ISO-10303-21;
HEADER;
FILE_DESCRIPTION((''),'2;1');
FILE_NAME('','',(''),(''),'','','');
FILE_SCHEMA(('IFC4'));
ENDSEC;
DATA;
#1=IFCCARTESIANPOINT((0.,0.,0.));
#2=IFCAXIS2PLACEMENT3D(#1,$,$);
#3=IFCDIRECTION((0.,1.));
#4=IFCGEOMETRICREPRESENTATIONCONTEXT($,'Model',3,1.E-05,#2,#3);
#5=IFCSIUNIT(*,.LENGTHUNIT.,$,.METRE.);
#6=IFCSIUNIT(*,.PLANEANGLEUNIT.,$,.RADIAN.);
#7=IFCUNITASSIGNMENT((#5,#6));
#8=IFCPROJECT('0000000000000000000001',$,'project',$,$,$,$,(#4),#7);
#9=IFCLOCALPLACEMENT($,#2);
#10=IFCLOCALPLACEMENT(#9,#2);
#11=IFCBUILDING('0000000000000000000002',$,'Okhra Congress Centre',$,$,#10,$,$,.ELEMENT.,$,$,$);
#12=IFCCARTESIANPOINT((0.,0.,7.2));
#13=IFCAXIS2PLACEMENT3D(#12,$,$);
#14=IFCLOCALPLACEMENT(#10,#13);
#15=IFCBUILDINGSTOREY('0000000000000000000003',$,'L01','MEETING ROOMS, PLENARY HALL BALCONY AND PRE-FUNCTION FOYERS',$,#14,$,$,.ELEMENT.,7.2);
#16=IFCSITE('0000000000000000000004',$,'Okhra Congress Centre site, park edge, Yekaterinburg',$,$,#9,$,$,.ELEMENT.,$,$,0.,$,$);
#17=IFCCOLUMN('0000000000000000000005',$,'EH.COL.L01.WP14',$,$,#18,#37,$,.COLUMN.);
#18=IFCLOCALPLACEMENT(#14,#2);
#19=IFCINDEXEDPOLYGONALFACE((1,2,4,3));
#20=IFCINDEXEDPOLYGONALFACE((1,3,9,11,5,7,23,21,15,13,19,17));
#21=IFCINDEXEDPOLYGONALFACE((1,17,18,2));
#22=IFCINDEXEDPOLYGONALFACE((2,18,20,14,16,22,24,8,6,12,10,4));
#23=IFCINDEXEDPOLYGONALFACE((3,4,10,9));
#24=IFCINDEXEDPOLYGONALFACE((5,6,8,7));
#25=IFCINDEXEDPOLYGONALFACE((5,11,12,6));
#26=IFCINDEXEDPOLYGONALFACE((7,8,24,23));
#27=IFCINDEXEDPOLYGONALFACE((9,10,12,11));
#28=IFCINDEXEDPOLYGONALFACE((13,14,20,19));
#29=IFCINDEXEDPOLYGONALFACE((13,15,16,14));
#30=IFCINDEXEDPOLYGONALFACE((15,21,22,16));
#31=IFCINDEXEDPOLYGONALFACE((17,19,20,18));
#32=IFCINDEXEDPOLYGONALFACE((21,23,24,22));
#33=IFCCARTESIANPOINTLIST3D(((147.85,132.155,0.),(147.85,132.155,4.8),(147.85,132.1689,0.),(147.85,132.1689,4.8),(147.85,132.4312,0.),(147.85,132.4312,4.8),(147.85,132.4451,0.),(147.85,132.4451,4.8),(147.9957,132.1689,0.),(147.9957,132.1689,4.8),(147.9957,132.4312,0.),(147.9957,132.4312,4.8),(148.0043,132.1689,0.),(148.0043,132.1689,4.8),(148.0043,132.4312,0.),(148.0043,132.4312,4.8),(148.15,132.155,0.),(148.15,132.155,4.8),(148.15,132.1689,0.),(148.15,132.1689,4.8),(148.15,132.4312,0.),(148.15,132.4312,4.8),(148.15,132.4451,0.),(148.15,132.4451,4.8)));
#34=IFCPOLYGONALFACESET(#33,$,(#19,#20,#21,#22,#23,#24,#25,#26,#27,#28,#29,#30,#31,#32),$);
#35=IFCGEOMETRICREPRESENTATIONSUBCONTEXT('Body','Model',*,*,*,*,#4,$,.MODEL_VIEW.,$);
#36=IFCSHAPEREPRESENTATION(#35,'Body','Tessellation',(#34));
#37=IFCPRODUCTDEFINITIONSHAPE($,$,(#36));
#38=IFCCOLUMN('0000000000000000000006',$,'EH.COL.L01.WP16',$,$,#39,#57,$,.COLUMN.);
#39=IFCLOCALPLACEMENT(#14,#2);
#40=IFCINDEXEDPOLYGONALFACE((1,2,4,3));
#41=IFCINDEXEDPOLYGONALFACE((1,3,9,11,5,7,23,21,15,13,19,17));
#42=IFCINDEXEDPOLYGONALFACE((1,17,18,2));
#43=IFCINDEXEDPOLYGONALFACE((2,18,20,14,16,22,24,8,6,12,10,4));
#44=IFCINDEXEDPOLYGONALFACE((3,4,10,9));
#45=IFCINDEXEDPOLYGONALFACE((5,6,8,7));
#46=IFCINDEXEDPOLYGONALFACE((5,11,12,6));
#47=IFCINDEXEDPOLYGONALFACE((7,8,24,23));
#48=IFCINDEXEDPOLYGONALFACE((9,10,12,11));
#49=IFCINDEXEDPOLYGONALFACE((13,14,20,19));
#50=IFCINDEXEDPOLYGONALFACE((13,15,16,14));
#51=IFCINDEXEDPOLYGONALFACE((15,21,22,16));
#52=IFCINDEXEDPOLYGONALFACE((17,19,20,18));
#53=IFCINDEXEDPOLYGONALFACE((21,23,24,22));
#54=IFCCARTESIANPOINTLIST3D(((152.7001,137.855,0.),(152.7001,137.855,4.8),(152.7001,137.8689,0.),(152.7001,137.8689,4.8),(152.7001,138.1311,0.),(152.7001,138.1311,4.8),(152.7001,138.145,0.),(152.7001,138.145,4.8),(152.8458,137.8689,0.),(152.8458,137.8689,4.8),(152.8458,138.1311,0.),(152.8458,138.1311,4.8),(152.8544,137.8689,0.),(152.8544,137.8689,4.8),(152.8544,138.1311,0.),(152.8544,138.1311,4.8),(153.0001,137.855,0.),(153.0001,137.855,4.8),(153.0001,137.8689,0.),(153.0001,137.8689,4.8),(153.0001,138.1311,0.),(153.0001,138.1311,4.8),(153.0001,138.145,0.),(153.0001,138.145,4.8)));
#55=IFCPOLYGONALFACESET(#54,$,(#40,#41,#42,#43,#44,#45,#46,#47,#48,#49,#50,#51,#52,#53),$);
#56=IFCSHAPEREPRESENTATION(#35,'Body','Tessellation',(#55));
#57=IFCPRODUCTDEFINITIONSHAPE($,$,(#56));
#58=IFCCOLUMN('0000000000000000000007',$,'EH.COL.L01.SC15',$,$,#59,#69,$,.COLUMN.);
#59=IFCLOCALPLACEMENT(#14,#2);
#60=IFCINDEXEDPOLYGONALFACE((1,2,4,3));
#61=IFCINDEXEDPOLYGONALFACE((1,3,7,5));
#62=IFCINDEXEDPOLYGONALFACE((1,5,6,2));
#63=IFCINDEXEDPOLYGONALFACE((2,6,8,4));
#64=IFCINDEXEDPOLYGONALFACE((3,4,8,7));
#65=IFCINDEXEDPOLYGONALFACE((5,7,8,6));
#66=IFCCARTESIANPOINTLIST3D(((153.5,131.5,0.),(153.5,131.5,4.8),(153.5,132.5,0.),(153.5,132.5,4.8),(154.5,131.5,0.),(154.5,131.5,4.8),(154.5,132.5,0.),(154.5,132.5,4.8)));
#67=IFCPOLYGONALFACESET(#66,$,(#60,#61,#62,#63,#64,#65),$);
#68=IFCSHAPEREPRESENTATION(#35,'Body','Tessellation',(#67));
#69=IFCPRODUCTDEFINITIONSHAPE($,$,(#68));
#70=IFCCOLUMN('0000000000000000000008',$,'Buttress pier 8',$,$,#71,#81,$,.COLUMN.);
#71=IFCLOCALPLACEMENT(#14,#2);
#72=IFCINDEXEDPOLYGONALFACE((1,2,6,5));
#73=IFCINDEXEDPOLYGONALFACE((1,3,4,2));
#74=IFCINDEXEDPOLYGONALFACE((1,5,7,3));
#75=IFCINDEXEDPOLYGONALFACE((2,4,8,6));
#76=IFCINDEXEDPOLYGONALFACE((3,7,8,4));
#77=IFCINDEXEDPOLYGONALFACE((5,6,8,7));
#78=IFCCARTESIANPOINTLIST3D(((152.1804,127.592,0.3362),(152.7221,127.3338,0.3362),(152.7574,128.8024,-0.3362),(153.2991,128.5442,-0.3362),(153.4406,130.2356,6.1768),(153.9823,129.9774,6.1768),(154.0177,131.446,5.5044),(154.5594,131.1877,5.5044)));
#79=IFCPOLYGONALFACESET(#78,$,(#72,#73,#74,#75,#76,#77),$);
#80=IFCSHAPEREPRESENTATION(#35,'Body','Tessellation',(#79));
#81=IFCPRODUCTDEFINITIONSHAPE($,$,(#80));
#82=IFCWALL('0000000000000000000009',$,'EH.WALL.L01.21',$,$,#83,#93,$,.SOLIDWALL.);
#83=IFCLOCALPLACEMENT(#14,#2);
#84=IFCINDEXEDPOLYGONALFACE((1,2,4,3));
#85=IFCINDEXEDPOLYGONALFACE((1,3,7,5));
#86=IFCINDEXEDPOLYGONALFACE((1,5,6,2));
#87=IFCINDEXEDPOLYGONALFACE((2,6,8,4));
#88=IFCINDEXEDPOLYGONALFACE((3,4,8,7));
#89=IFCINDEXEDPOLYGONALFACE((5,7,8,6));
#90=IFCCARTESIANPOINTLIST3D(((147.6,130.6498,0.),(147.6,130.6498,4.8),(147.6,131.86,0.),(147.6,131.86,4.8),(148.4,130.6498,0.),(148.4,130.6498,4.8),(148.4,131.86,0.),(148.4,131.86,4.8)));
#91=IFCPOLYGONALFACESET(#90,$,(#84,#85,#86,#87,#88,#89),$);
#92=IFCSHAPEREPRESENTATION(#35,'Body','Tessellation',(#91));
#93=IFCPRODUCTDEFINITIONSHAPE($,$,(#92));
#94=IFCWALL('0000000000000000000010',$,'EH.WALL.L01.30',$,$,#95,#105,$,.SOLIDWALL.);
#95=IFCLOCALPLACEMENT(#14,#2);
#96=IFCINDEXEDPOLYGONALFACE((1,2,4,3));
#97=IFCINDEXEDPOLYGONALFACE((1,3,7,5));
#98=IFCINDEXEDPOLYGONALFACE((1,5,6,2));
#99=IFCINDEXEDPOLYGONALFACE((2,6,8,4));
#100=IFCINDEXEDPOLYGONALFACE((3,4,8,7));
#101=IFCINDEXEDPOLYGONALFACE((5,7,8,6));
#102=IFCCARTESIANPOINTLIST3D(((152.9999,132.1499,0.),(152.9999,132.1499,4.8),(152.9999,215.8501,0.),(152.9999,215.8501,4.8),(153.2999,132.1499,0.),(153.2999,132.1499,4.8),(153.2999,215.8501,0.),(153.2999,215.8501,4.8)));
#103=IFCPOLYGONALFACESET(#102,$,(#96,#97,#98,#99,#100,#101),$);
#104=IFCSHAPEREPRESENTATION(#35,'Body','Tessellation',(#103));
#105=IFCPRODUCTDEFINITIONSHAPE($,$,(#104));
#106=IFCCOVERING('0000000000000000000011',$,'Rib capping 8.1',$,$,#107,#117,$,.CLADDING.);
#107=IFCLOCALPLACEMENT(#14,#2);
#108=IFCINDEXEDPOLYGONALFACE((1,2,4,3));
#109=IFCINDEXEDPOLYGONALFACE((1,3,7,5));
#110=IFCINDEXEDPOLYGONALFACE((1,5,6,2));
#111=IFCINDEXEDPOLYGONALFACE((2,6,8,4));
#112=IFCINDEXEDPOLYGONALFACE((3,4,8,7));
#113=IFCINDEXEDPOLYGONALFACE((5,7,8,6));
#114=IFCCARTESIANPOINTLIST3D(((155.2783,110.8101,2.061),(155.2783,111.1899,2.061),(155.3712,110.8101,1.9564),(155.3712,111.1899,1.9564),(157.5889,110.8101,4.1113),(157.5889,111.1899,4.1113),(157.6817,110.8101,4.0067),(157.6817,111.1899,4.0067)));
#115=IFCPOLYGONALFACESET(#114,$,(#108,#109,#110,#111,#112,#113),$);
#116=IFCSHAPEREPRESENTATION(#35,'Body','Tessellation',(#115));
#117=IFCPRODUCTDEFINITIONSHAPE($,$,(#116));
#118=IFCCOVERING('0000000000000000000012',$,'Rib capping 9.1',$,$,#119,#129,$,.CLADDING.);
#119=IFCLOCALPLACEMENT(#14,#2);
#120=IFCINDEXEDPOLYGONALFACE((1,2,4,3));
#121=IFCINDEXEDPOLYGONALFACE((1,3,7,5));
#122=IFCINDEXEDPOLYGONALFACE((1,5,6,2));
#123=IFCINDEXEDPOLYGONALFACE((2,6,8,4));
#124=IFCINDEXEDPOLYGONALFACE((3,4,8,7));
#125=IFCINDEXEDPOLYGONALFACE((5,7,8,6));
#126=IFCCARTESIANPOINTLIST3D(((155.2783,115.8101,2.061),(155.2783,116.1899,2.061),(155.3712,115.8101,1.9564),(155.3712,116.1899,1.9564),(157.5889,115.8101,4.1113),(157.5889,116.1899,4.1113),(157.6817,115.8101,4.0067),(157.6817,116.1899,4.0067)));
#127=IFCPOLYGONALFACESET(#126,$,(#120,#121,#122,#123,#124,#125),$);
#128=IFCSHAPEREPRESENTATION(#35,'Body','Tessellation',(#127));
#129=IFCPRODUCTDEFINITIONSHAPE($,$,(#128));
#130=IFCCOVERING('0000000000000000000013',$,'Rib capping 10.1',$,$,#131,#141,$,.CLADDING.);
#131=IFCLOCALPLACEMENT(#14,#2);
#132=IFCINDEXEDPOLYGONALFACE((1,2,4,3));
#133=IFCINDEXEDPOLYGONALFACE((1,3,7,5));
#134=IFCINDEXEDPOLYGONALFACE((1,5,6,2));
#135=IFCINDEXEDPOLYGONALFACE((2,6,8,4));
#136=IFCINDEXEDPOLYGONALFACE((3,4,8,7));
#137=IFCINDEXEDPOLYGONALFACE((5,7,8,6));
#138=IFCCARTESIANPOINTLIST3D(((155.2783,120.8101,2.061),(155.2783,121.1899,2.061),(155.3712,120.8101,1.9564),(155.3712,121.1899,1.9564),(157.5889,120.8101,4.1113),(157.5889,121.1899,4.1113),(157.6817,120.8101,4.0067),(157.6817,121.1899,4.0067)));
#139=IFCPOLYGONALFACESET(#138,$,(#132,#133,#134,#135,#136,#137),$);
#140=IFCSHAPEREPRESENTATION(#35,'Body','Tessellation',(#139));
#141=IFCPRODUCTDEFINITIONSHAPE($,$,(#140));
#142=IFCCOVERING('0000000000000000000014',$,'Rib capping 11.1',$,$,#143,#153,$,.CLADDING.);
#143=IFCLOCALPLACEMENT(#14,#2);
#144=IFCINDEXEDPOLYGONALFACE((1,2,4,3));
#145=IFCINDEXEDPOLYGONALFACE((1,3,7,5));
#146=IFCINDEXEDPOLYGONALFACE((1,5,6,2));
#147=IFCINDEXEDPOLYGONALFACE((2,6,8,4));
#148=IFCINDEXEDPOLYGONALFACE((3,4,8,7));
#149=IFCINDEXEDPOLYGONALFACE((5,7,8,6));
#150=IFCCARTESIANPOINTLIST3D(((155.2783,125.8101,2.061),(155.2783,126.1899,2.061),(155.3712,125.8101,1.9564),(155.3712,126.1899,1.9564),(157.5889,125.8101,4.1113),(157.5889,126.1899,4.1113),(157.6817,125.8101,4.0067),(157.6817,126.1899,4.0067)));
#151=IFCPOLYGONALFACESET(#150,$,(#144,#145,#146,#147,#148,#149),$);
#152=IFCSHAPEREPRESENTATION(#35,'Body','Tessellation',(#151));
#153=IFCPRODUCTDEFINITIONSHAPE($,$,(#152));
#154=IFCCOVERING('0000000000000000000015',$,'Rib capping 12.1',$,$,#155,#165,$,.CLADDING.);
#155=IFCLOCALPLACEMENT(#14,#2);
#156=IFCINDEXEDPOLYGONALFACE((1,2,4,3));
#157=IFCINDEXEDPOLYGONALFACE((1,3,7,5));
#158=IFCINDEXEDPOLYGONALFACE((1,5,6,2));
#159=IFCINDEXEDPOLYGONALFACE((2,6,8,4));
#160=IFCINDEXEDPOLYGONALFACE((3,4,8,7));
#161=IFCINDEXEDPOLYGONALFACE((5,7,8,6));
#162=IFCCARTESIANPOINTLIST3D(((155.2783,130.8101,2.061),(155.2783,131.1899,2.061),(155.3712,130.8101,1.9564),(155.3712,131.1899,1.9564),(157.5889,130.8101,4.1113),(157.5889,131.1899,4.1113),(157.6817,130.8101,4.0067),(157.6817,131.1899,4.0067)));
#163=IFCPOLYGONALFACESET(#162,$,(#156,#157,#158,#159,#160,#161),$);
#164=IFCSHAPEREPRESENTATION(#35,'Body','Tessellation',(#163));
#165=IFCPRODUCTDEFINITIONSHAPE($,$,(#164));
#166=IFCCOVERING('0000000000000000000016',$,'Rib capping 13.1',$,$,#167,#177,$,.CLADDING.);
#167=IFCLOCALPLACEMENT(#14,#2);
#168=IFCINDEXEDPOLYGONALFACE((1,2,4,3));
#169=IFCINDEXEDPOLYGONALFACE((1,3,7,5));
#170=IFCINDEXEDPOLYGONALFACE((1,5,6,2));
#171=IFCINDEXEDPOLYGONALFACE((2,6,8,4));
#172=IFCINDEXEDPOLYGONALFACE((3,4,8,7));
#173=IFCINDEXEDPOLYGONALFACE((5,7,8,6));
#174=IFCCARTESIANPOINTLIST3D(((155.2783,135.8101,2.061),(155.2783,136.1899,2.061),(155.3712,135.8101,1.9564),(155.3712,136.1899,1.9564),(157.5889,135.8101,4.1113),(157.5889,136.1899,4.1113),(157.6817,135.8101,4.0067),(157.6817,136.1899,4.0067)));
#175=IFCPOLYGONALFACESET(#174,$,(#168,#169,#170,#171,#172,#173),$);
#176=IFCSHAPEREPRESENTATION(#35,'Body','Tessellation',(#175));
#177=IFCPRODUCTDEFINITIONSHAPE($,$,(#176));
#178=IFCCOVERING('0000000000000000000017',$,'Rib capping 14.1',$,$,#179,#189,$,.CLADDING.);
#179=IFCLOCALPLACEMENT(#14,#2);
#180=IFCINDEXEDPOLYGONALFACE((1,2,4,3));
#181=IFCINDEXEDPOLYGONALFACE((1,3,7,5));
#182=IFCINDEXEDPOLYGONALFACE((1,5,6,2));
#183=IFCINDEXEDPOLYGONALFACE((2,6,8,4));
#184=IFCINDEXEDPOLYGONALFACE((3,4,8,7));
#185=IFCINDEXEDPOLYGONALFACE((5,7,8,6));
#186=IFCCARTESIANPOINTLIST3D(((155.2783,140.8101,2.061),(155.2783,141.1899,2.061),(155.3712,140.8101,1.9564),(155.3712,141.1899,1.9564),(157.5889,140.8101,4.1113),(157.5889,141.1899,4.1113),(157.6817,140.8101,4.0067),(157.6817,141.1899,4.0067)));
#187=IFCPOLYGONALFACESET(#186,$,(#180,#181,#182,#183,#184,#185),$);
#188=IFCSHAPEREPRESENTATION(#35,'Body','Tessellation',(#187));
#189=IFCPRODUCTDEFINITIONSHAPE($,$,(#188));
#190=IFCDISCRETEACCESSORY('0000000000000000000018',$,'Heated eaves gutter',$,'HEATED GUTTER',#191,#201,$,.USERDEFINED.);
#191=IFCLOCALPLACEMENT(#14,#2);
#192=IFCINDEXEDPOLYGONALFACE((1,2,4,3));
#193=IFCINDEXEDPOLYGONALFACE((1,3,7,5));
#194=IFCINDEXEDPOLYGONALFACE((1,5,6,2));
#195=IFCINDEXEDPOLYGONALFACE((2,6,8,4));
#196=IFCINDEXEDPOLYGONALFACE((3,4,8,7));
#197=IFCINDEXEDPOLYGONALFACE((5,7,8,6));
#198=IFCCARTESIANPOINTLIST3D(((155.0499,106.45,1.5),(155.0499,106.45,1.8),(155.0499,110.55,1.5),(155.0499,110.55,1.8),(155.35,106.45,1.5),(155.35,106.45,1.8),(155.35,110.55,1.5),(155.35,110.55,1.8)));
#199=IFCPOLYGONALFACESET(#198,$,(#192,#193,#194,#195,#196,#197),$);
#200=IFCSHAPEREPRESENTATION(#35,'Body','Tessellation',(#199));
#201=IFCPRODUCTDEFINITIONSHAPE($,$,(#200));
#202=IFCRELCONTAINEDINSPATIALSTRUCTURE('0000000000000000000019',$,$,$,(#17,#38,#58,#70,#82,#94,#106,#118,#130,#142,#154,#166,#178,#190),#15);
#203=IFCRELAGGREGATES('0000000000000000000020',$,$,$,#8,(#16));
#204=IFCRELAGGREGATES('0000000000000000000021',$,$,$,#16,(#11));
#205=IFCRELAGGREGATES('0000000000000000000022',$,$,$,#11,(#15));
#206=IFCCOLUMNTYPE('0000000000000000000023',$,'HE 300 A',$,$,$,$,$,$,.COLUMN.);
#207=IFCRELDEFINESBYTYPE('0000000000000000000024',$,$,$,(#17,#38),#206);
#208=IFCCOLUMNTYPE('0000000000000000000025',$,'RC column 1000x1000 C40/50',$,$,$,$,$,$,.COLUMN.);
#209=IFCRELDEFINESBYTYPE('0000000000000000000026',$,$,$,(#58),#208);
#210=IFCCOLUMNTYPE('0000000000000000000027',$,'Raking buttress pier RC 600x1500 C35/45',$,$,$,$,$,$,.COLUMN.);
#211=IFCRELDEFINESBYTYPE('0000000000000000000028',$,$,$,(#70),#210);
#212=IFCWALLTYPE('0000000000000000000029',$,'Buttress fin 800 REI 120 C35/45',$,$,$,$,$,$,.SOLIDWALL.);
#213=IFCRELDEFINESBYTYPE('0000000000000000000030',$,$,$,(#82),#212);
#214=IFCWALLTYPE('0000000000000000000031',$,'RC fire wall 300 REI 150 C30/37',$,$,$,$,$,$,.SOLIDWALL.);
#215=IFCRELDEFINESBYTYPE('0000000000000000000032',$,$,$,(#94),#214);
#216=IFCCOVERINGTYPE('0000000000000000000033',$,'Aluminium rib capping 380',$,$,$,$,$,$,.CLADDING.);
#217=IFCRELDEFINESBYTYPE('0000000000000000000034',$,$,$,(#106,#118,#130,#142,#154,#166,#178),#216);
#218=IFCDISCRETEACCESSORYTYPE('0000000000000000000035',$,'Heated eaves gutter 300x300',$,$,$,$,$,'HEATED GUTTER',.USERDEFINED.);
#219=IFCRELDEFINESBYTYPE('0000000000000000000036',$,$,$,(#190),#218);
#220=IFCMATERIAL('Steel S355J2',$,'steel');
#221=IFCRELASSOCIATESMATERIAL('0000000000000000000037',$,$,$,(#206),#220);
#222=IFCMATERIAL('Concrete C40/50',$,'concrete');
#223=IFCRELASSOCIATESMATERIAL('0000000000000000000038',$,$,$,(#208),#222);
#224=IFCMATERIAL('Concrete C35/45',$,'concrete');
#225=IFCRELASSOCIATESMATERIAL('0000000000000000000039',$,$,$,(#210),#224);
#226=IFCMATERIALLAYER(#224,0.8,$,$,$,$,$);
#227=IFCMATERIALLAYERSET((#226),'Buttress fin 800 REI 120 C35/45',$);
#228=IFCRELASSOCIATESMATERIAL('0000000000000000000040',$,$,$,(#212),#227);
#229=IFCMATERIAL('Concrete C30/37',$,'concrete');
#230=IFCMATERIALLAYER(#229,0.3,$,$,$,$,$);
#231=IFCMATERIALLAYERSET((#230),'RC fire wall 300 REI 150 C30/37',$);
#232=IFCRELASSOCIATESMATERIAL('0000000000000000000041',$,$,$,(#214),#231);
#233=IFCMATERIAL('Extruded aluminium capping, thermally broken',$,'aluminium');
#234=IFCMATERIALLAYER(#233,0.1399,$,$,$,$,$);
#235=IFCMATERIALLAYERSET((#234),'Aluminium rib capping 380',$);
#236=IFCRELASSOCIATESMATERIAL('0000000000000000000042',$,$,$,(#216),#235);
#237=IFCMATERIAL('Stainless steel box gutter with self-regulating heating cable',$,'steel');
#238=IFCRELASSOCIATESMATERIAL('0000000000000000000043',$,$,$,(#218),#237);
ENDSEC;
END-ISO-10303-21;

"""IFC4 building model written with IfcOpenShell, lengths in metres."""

from ifc_helpers import new_model, si_unit, direction, frame, frame_2d, origin, origin_2d, place, context, subcontext, project, spatial, polyline, rectangle, i_section, outline, extrude, material, layer, layer_set, material_profile, profile_set, type_object, element, save


model = new_model("IFC4")

# Units and contexts
model_context = context("Model", 3, precision=1e-05, world=origin(), true_north=direction((0.0, 1.0)))
body_context = subcontext(model_context, "Body", "Model", "MODEL_VIEW")
ifc_project = project(units=[si_unit("LENGTHUNIT", "METRE"), si_unit("PLANEANGLEUNIT", "RADIAN")], contexts=[model_context])

# Site, building, storey
site_placement = place(None, origin())
site = spatial("IfcSite", under=ifc_project, at=site_placement, Name="Okhra Congress Centre site, park edge, Yekaterinburg", CompositionType="ELEMENT", RefElevation=0.0)
building_placement = place(site_placement, origin())
building = spatial("IfcBuilding", under=site, at=building_placement, Name="Okhra Congress Centre", CompositionType="ELEMENT")
storey_placement = place(building_placement, frame((0.0, 0.0, 7.2)))
storey = spatial("IfcBuildingStorey", under=building, at=storey_placement, Name="L01", Description="MEETING ROOMS, PLENARY HALL BALCONY AND PRE-FUNCTION FOYERS", CompositionType="ELEMENT", Elevation=7.2)

# Columns
ifc_material_1 = material(Name="Steel S355J2", Category="steel")
ifc_material_profile_1 = material_profile(ifc_material_1, i_section(OverallWidth=0.3, OverallDepth=0.29, WebThickness=0.0085, FlangeThickness=0.0139, at=origin_2d()), Name="HE 300 A")
ifc_profile_set_1 = profile_set([ifc_material_profile_1], Name="Steel S355J2")
column_type_1 = type_object("IfcColumnType", Name="HE 300 A", PredefinedType="COLUMN", material=ifc_profile_set_1)
for number, where, z_axis, x_axis, name in (
    (1, (148.0, 132.3, 0.0), (0.0, 0.0, 1.0), (1.0, 0.0, 0.0), "EH.COL.L01.WP14"),
    (2, (152.8501, 138.0, 0.0), (0.0, 0.0, 1.0), (1.0, 0.0, 0.0), "EH.COL.L01.WP16"),
):
    element("IfcColumn", number, at=place(storey_placement, frame(where, z_axis=z_axis, x_axis=x_axis)), inside=storey, type_object=column_type_1, Name=name, PredefinedType="COLUMN", context=body_context, shape_type="SweptSolid", body=[
        extrude(i_section(OverallWidth=0.3, OverallDepth=0.29, WebThickness=0.0085, FlangeThickness=0.0139, at=origin_2d()), origin(), (0.0, 0.0, 1.0), 4.8),
    ])
ifc_material_2 = material(Name="Concrete C40/50", Category="concrete")
ifc_material_profile_2 = material_profile(ifc_material_2, rectangle(XDim=1.0, YDim=1.0, at=origin_2d()), Name="RC 1000x1000")
ifc_profile_set_2 = profile_set([ifc_material_profile_2], Name="Concrete C40/50")
column_type_2 = type_object("IfcColumnType", Name="RC column 1000x1000 C40/50", PredefinedType="COLUMN", material=ifc_profile_set_2)
column_1_placement = place(storey_placement, frame((154.0, 132.0, 0.0), z_axis=(0.0, 0.0, 1.0), x_axis=(1.0, 0.0, 0.0)))
element("IfcColumn", 3, at=column_1_placement, inside=storey, type_object=column_type_2, Name="EH.COL.L01.SC15", PredefinedType="COLUMN", context=body_context, shape_type="SweptSolid", body=[
    extrude(rectangle(XDim=1.0, YDim=1.0, at=origin_2d()), origin(), (0.0, 0.0, 1.0), 4.8),
])
ifc_material_3 = material(Name="Concrete C35/45", Category="concrete")
ifc_material_profile_3 = material_profile(ifc_material_3, rectangle(XDim=0.6001, YDim=1.5, at=origin_2d()), Name="RC 600x1500")
ifc_profile_set_3 = profile_set([ifc_material_profile_3], Name="Concrete C35/45")
column_type_3 = type_object("IfcColumnType", Name="Raking buttress pier RC 600x1500 C35/45", PredefinedType="COLUMN", material=ifc_profile_set_3)
column_2_placement = place(storey_placement, frame((152.7397, 128.0681, 0.0), z_axis=(0.192886, 0.404604, 0.893919), x_axis=(-0.902672, 0.430328, 0.0)))
element("IfcColumn", 4, at=column_2_placement, inside=storey, type_object=column_type_3, Name="Buttress pier 8", PredefinedType="COLUMN", context=body_context, shape_type="SweptSolid", body=[
    extrude(rectangle(XDim=0.6001, YDim=1.5, at=origin_2d()), origin(), (0.0, 0.0, 1.0), 6.5337),
])

# Walls
ifc_layer_1 = layer(ifc_material_3, 0.8)
ifc_layer_set_1 = layer_set([ifc_layer_1], Name="Buttress fin 800 REI 120 C35/45")
wall_type_1 = type_object("IfcWallType", Name="Buttress fin 800 REI 120 C35/45", PredefinedType="SOLIDWALL", material=ifc_layer_set_1)
wall_1_placement = place(storey_placement, frame((148.0, 130.6499, 0.0), z_axis=(0.0, 0.0, 1.0), x_axis=(0.0, 1.0, 0.0)))
element("IfcWall", 5, at=wall_1_placement, inside=storey, type_object=wall_type_1, Name="EH.WALL.L01.21", PredefinedType="SOLIDWALL", context=body_context, shape_type="SweptSolid", body=[
    extrude(rectangle(XDim=1.2102, YDim=0.8, at=frame_2d((0.605, 0.0))), origin(), (0.0, 0.0, 1.0), 4.8),
])
ifc_material_4 = material(Name="Concrete C30/37", Category="concrete")
ifc_layer_2 = layer(ifc_material_4, 0.3)
ifc_layer_set_2 = layer_set([ifc_layer_2], Name="RC fire wall 300 REI 150 C30/37")
wall_type_2 = type_object("IfcWallType", Name="RC fire wall 300 REI 150 C30/37", PredefinedType="SOLIDWALL", material=ifc_layer_set_2)
wall_2_placement = place(storey_placement, frame((153.1499, 132.1499, 0.0), z_axis=(0.0, 0.0, 1.0), x_axis=(0.0, 1.0, 0.0)))
element("IfcWall", 6, at=wall_2_placement, inside=storey, type_object=wall_type_2, Name="EH.WALL.L01.30", PredefinedType="SOLIDWALL", context=body_context, shape_type="SweptSolid", body=[
    extrude(rectangle(XDim=83.7002, YDim=0.3, at=frame_2d((41.8501, 0.0))), origin(), (0.0, 0.0, 1.0), 4.8),
])

# Coverings
ifc_material_5 = material(Name="Extruded aluminium capping, thermally broken", Category="aluminium")
ifc_layer_3 = layer(ifc_material_5, 0.1399)
ifc_layer_set_3 = layer_set([ifc_layer_3], Name="Aluminium rib capping 380")
covering_type = type_object("IfcCoveringType", Name="Aluminium rib capping 380", PredefinedType="CLADDING", material=ifc_layer_set_3)
for number, where, z_axis, x_axis, name in (
    (7, (155.2783, 110.8101, 2.061), (-0.663726, 0.0, 0.747976), (0.747976, 0.0, 0.663726), "Rib capping 8.1"),
    (8, (155.2783, 115.8101, 2.061), (-0.663726, 0.0, 0.747976), (0.747976, 0.0, 0.663726), "Rib capping 9.1"),
    (9, (155.2783, 120.8101, 2.061), (-0.663726, 0.0, 0.747976), (0.747976, 0.0, 0.663726), "Rib capping 10.1"),
    (10, (155.2783, 125.8101, 2.061), (-0.663726, 0.0, 0.747976), (0.747976, 0.0, 0.663726), "Rib capping 11.1"),
    (11, (155.2783, 130.8101, 2.061), (-0.663726, 0.0, 0.747976), (0.747976, 0.0, 0.663726), "Rib capping 12.1"),
    (12, (155.2783, 135.8101, 2.061), (-0.663726, 0.0, 0.747976), (0.747976, 0.0, 0.663726), "Rib capping 13.1"),
    (13, (155.2783, 140.8101, 2.061), (-0.663726, 0.0, 0.747976), (0.747976, 0.0, 0.663726), "Rib capping 14.1"),
):
    element("IfcCovering", number, at=place(storey_placement, frame(where, z_axis=z_axis, x_axis=x_axis)), inside=storey, type_object=covering_type, Name=name, PredefinedType="CLADDING", context=body_context, shape_type="SweptSolid", body=[
        extrude(outline(polyline([(0.0, 0.0), (3.0891, 0.0), (3.0891, 0.3799), (0.0, 0.3799), (0.0, 0.0)])), origin(), (0.0, 0.0, -1.0), 0.1399),
    ])

# Discrete accessory
ifc_material_6 = material(Name="Stainless steel box gutter with self-regulating heating cable", Category="steel")
discrete_accessory_type = type_object("IfcDiscreteAccessoryType", Name="Heated eaves gutter 300x300", ElementType="HEATED GUTTER", PredefinedType="USERDEFINED", material=ifc_material_6)
for number, where, z_axis, x_axis, name in (
    (14, (155.2, 108.5, 1.5), (0.0, 0.0, 1.0), (1.0, 0.0, 0.0), "Heated eaves gutter"),
):
    element("IfcDiscreteAccessory", number, at=place(storey_placement, frame(where, z_axis=z_axis, x_axis=x_axis)), inside=storey, type_object=discrete_accessory_type, Name=name, ObjectType="HEATED GUTTER", PredefinedType="USERDEFINED", context=body_context, shape_type="SweptSolid", body=[
        extrude(rectangle(XDim=0.3, YDim=4.1001, at=origin_2d()), origin(), (0.0, 0.0, 1.0), 0.3),
    ])

save(model, "model.ifc")
